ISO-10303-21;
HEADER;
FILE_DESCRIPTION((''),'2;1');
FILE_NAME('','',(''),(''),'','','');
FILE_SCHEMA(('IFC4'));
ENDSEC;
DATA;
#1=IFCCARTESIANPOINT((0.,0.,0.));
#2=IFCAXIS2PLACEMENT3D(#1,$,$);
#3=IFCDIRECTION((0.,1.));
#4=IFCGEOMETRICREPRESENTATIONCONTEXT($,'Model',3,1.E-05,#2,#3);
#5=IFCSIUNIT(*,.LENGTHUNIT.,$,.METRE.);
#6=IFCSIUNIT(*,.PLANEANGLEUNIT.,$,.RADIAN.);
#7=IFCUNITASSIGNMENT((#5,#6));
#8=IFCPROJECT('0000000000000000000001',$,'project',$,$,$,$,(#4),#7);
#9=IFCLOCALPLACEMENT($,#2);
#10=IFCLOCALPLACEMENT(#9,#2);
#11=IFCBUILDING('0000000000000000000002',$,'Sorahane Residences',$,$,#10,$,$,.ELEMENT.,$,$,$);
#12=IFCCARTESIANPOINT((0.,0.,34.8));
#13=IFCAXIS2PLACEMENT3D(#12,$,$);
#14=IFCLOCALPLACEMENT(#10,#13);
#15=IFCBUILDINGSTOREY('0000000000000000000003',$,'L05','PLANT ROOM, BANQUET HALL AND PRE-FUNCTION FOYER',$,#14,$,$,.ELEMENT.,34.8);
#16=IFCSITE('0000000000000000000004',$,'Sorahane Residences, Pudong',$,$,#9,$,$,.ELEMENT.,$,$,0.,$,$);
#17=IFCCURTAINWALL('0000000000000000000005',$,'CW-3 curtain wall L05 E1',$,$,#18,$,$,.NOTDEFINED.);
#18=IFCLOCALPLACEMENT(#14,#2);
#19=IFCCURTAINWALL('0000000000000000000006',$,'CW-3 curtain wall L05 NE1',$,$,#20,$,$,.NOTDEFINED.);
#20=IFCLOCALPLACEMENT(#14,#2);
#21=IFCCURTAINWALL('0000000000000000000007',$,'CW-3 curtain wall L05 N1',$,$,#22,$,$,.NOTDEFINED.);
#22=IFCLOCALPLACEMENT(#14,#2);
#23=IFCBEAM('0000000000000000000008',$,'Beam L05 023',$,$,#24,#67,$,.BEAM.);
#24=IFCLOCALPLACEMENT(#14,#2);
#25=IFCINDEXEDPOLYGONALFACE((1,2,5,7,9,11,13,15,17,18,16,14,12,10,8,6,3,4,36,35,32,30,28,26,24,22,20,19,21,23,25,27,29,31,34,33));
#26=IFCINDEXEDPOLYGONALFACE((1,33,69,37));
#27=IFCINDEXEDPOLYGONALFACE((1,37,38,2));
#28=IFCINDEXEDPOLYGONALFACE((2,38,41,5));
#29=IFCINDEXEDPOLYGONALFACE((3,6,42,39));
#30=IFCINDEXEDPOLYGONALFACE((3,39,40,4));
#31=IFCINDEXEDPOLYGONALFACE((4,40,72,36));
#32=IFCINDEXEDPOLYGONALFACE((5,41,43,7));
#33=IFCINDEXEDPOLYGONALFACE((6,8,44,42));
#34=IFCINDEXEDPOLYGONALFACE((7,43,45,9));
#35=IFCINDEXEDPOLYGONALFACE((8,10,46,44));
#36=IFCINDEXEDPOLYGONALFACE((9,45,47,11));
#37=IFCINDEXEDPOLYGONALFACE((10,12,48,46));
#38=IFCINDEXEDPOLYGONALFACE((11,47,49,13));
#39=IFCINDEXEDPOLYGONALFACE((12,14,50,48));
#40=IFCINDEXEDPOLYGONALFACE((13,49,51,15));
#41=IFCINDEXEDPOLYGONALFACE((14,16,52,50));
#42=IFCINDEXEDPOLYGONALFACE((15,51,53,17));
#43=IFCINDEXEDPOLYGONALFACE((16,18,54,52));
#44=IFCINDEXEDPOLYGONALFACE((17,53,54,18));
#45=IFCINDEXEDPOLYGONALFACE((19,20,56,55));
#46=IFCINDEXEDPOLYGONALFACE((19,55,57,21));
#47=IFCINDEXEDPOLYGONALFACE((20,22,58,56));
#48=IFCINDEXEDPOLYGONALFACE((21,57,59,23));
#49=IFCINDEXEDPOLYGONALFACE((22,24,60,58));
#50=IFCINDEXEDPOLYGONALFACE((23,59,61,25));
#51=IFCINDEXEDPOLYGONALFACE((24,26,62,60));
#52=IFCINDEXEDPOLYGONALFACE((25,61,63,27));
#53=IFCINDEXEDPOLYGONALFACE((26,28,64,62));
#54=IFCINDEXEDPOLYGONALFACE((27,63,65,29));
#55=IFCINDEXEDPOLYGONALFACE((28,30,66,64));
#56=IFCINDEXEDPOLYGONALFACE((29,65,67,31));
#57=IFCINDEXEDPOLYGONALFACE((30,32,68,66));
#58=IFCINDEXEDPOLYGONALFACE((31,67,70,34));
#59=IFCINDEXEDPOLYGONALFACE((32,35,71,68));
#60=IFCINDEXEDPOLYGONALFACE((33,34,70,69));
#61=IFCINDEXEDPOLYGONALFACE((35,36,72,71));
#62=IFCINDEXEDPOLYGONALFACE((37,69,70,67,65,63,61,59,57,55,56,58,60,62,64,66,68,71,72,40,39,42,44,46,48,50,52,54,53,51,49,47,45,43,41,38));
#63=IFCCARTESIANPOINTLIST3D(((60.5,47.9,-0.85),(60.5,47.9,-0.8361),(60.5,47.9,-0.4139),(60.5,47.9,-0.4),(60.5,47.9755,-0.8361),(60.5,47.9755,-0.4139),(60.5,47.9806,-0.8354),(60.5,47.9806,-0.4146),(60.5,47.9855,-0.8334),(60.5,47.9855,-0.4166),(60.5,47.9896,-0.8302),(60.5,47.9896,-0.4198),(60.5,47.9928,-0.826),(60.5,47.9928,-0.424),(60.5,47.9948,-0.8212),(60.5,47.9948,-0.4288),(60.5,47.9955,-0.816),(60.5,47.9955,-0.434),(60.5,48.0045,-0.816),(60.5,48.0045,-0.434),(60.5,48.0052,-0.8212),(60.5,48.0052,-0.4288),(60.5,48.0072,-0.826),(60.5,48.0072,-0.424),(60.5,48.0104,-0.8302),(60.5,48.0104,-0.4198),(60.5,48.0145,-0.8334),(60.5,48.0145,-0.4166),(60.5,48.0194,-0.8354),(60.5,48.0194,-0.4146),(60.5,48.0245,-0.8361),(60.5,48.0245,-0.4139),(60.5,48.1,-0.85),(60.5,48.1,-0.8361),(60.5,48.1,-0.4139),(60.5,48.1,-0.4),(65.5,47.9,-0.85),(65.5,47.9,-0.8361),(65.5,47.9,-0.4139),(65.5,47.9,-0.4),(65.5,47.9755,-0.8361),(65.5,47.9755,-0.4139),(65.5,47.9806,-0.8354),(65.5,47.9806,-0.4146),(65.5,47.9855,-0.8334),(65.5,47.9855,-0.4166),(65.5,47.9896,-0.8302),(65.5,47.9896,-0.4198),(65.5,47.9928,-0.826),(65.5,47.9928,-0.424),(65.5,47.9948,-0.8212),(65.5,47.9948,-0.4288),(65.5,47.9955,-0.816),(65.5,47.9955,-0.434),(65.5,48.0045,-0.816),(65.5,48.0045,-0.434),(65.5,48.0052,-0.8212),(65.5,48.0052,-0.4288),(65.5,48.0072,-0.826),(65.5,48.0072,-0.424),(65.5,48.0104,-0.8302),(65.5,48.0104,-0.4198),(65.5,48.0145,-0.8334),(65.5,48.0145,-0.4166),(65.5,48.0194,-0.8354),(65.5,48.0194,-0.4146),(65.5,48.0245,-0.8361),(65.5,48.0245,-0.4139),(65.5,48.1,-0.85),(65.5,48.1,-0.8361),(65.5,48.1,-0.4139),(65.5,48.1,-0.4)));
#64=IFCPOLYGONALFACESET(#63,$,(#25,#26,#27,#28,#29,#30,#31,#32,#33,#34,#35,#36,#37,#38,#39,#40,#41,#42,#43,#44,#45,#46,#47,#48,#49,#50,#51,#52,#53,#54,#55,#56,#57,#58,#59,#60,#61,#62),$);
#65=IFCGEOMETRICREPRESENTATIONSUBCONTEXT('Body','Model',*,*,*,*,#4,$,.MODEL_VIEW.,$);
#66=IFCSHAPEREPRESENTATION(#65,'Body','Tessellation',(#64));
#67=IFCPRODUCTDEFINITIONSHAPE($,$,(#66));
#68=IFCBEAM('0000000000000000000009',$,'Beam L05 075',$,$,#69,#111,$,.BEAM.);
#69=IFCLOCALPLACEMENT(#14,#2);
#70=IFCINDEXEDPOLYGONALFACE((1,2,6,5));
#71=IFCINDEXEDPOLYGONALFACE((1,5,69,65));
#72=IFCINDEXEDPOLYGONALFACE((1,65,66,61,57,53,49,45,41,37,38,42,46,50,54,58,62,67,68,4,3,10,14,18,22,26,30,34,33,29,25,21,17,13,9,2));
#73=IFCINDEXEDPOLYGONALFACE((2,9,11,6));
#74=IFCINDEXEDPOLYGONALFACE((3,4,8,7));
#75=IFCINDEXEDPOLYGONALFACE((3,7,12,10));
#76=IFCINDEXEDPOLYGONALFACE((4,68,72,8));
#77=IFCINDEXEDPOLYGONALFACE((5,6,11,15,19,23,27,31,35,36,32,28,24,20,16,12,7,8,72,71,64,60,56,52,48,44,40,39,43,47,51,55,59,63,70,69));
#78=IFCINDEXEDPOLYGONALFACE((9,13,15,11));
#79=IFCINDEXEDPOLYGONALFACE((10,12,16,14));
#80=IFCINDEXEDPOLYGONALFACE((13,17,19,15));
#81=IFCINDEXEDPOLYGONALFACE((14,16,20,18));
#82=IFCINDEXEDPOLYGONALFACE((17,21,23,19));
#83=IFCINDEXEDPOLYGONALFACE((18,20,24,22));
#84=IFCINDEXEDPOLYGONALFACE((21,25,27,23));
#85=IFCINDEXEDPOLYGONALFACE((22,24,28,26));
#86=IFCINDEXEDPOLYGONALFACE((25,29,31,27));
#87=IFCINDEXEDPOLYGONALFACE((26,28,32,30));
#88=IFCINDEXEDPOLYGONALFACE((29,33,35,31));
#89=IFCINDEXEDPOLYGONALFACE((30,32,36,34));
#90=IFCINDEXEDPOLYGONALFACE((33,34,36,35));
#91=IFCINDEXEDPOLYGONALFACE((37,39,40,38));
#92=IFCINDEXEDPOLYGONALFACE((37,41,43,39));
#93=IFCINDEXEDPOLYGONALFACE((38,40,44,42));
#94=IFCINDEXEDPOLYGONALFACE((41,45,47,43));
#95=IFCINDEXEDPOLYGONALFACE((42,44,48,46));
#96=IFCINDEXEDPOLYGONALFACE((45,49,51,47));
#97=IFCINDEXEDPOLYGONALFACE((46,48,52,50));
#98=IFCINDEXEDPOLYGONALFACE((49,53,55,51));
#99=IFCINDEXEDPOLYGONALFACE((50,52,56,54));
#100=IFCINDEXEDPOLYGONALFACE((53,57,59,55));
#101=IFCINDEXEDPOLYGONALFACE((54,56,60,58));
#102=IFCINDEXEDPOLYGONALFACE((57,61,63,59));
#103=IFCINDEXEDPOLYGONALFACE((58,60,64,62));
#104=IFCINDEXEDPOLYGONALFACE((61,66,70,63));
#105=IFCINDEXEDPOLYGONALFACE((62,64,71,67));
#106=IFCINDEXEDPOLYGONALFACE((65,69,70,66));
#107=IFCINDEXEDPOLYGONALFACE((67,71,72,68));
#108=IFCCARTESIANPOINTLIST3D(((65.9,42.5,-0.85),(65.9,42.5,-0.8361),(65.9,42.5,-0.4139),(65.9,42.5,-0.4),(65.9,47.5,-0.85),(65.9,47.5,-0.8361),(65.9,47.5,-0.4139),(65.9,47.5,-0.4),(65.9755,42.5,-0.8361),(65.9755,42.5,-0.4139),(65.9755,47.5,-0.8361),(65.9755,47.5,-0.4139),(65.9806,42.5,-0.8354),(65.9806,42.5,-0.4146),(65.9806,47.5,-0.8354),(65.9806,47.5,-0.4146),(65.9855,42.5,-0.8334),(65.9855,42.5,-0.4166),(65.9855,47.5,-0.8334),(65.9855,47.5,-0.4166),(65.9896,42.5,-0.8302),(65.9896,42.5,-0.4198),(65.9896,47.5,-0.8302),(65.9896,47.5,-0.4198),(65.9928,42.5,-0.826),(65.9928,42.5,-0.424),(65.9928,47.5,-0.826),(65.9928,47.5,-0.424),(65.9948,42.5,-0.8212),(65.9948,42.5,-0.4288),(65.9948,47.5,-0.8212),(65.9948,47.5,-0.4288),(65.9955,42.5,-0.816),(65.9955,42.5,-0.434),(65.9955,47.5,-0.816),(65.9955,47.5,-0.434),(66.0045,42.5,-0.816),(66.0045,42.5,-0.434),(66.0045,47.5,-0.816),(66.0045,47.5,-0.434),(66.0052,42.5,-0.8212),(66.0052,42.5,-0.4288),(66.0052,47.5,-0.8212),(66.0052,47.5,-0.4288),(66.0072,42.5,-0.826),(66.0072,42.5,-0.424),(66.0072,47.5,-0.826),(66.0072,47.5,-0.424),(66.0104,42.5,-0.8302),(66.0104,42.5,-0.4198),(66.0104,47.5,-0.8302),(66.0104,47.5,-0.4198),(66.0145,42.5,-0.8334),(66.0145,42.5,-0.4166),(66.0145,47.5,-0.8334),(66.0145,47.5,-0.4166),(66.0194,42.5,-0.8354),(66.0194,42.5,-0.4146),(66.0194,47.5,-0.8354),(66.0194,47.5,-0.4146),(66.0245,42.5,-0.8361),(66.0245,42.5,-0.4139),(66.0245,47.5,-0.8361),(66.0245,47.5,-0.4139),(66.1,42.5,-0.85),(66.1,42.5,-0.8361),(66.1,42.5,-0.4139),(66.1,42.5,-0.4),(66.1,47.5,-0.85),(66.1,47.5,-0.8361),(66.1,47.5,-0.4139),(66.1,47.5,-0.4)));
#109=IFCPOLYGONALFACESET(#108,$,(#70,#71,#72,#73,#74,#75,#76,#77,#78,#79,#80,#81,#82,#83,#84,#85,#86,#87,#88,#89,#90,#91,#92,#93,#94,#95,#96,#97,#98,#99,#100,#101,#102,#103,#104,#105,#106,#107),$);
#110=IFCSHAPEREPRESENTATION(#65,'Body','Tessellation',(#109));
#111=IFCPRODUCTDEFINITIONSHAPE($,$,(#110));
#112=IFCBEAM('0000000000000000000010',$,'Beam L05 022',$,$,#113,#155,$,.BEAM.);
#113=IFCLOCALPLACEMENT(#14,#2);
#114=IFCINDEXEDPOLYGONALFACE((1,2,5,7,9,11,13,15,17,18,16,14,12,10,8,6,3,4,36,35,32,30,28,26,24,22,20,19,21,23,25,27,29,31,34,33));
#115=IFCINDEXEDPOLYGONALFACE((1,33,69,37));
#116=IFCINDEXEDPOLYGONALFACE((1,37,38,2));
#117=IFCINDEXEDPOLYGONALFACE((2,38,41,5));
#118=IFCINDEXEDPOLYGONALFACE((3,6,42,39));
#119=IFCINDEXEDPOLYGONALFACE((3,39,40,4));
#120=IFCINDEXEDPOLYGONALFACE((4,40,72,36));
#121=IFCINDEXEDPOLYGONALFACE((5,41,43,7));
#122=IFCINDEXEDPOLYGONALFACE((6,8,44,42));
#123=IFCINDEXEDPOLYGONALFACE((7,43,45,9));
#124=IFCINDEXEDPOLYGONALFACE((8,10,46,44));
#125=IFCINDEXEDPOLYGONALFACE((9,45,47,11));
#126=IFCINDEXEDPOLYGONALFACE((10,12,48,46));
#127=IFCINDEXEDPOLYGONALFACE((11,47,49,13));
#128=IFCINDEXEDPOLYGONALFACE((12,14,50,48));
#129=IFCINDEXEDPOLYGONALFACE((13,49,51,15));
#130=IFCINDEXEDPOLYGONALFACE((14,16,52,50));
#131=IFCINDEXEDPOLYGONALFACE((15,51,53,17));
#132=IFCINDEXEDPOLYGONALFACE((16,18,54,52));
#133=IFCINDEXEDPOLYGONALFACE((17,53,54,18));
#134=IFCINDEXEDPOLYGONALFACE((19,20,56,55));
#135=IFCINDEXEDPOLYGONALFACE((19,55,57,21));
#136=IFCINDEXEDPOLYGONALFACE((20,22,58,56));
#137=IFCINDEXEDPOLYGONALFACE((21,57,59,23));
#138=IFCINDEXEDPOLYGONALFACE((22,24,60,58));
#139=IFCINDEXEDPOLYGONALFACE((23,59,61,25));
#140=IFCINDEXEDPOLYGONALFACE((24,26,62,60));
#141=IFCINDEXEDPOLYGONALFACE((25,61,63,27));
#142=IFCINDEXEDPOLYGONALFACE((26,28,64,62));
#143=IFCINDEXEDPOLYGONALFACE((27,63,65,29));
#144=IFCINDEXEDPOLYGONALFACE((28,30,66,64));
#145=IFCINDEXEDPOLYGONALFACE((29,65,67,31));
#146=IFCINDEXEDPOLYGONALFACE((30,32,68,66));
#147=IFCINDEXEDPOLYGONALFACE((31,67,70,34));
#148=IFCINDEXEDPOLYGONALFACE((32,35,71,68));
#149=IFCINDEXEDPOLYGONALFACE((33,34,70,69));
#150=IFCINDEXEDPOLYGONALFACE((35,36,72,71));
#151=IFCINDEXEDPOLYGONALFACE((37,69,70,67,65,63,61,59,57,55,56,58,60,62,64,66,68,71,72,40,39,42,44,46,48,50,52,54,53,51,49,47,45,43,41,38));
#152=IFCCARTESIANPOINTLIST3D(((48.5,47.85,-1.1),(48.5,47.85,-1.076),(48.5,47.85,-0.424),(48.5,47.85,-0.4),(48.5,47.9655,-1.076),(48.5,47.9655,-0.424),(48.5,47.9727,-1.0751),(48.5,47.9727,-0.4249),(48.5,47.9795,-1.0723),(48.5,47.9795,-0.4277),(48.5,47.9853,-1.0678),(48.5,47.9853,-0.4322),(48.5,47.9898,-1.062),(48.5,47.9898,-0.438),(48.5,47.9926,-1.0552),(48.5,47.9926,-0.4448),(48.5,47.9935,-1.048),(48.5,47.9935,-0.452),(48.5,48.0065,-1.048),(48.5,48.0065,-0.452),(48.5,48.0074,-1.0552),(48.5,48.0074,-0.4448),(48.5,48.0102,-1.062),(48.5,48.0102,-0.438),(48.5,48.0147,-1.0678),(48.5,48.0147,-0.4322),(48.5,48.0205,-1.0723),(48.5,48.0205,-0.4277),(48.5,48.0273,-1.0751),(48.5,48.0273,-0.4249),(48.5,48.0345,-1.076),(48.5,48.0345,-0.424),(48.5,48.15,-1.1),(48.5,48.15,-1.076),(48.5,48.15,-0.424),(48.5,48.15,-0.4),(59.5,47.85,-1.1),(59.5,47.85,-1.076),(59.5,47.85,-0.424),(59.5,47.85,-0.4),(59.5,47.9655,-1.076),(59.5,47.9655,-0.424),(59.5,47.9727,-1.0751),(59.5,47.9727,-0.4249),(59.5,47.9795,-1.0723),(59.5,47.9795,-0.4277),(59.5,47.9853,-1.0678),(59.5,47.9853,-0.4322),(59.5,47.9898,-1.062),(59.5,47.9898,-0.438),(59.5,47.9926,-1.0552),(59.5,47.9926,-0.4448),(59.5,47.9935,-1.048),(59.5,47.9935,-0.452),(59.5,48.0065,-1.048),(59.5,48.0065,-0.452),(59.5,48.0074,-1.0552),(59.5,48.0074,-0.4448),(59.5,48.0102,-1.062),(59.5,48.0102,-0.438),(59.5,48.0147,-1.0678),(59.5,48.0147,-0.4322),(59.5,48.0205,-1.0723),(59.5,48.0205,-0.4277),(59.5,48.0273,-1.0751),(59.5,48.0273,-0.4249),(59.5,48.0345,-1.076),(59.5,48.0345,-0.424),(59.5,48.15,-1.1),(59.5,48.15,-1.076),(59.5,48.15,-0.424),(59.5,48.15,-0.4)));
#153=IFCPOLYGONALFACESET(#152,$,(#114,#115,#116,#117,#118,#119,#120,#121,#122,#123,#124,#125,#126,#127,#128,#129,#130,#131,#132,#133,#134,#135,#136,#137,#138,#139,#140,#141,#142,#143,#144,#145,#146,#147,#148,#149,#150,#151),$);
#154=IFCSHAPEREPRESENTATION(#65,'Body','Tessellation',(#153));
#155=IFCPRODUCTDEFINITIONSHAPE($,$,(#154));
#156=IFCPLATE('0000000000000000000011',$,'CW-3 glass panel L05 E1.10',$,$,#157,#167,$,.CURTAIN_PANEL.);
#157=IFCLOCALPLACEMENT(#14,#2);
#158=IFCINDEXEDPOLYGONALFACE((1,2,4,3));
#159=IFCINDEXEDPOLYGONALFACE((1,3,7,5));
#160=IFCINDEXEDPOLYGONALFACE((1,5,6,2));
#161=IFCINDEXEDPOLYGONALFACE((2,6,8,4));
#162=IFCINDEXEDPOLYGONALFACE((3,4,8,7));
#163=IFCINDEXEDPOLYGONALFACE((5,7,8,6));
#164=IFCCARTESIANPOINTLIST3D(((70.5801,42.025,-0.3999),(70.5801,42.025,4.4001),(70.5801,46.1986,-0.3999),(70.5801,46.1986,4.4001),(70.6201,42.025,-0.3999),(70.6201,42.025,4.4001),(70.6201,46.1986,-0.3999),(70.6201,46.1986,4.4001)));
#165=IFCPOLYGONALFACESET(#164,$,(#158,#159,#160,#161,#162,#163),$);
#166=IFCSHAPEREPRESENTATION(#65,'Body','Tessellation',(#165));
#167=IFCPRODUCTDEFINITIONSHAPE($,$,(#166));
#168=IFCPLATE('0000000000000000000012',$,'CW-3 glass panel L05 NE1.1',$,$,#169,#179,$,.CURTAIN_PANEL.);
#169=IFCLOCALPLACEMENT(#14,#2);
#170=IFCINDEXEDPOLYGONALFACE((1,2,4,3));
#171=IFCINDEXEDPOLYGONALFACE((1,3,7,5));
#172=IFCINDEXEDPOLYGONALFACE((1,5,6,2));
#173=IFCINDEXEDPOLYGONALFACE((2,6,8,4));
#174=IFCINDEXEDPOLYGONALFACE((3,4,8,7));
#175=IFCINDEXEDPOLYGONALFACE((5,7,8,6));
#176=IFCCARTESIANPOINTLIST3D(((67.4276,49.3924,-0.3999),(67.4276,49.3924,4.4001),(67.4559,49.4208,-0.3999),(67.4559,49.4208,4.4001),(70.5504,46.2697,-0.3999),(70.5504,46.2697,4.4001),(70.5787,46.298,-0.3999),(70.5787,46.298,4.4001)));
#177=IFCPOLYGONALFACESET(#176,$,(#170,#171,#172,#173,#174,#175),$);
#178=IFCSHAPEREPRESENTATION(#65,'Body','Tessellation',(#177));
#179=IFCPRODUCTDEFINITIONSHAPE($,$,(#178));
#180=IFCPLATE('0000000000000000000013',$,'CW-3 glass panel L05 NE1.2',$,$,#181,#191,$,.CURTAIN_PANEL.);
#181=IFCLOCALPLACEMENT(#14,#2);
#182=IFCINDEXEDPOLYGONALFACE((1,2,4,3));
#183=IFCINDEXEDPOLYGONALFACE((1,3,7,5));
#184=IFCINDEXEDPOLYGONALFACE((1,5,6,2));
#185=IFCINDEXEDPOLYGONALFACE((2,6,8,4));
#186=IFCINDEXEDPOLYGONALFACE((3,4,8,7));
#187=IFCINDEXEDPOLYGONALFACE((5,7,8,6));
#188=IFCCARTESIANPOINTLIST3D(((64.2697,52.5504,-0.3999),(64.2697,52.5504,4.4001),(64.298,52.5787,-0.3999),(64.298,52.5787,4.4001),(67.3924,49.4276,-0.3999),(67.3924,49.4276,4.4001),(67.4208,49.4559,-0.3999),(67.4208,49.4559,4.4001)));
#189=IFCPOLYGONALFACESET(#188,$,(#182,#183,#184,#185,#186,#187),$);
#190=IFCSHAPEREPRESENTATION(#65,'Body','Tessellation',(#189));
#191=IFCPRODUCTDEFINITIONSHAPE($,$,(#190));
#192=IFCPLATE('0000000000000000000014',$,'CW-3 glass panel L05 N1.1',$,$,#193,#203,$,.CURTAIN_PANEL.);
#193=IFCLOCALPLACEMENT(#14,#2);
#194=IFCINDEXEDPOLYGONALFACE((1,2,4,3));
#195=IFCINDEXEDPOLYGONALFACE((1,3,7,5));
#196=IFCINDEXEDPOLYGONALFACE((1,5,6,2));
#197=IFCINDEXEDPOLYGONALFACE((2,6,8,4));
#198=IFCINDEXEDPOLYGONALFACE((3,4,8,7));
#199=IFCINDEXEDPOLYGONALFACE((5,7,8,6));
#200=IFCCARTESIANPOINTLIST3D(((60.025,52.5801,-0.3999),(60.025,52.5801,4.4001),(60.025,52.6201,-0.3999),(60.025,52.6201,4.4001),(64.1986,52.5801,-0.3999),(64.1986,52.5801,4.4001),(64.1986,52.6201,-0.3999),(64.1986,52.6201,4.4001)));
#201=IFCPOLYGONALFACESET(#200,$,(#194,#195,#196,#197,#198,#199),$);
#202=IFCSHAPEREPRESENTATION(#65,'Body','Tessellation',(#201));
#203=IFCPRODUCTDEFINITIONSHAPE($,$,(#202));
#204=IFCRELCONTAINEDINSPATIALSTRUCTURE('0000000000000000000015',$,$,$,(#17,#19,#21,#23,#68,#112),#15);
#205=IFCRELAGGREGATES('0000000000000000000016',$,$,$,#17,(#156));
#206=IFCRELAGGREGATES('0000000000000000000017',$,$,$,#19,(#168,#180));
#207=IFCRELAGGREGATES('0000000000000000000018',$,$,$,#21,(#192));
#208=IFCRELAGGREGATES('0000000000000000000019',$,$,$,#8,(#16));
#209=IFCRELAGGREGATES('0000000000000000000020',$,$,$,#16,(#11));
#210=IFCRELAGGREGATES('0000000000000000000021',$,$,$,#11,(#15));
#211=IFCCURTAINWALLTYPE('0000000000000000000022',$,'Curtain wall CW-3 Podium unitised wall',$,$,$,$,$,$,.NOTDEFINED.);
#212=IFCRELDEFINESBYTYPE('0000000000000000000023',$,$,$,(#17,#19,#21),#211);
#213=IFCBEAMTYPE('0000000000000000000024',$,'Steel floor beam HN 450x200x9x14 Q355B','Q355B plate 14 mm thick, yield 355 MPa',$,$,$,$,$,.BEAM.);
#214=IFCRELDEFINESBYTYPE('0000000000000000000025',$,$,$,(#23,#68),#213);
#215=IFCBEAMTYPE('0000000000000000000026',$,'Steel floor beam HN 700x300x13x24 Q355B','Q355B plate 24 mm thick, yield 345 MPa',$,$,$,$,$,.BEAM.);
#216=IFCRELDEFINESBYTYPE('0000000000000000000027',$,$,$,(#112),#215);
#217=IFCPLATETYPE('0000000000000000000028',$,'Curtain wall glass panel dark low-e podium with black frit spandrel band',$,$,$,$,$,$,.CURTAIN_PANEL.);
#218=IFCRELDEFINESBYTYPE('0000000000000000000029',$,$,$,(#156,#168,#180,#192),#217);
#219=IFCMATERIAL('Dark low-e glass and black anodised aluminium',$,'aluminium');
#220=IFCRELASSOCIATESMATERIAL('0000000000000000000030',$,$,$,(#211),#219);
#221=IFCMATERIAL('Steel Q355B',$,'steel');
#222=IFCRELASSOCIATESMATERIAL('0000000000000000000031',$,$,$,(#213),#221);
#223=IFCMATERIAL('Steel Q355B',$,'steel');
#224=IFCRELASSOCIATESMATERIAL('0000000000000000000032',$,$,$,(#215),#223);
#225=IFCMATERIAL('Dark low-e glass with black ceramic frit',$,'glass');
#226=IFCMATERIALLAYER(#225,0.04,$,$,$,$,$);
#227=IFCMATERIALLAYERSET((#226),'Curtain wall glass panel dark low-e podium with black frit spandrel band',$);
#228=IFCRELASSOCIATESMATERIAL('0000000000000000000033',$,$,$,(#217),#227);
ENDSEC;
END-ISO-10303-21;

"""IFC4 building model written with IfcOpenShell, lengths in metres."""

from ifc_helpers import new_model, si_unit, direction, frame, origin, origin_2d, place, context, subcontext, project, spatial, rectangle, i_section, extrude, material, layer, layer_set, material_profile, profile_set, type_object, element, aggregate, save


model = new_model("IFC4")

# Units and contexts
model_context = context("Model", 3, precision=1e-05, world=origin(), true_north=direction((0.0, 1.0)))
body_context = subcontext(model_context, "Body", "Model", "MODEL_VIEW")
ifc_project = project(units=[si_unit("LENGTHUNIT", "METRE"), si_unit("PLANEANGLEUNIT", "RADIAN")], contexts=[model_context])

# Site, building, storey
site_placement = place(None, origin())
site = spatial("IfcSite", under=ifc_project, at=site_placement, Name="Sorahane Residences, Pudong", CompositionType="ELEMENT", RefElevation=0.0)
building_placement = place(site_placement, origin())
building = spatial("IfcBuilding", under=site, at=building_placement, Name="Sorahane Residences", CompositionType="ELEMENT")
storey_placement = place(building_placement, frame((0.0, 0.0, 34.8)))
storey = spatial("IfcBuildingStorey", under=building, at=storey_placement, Name="L05", Description="PLANT ROOM, BANQUET HALL AND PRE-FUNCTION FOYER", CompositionType="ELEMENT", Elevation=34.8)

# Curtain wall
ifc_material_1 = material(Name="Dark low-e glass and black anodised aluminium", Category="aluminium")
curtain_wall_type = type_object("IfcCurtainWallType", Name="Curtain wall CW-3 Podium unitised wall", PredefinedType="NOTDEFINED", material=ifc_material_1)
curtain_wall_1_placement = place(storey_placement, origin())
curtain_wall_1 = element("IfcCurtainWall", 1, at=curtain_wall_1_placement, inside=storey, type_object=curtain_wall_type, Name="CW-3 curtain wall L05 E1", PredefinedType="NOTDEFINED")

# Curtain walls
curtain_wall_2_placement = place(storey_placement, origin())
curtain_wall_2 = element("IfcCurtainWall", 2, at=curtain_wall_2_placement, inside=storey, type_object=curtain_wall_type, Name="CW-3 curtain wall L05 NE1", PredefinedType="NOTDEFINED")
curtain_wall_3_placement = place(storey_placement, origin())
curtain_wall_3 = element("IfcCurtainWall", 3, at=curtain_wall_3_placement, inside=storey, type_object=curtain_wall_type, Name="CW-3 curtain wall L05 N1", PredefinedType="NOTDEFINED")

# Beams
ifc_material_2 = material(Name="Steel Q355B", Category="steel")
ifc_material_profile_1 = material_profile(ifc_material_2, i_section(OverallWidth=0.2, OverallDepth=0.45, WebThickness=0.009, FlangeThickness=0.0139, FilletRadius=0.02, at=origin_2d()), Name="HN 450x200x9x14")
ifc_profile_set_1 = profile_set([ifc_material_profile_1], Name="Steel Q355B")
beam_type_1 = type_object("IfcBeamType", Name="Steel floor beam HN 450x200x9x14 Q355B", Description="Q355B plate 14 mm thick, yield 355 MPa", PredefinedType="BEAM", material=ifc_profile_set_1)
for number, where, z_axis, x_axis, name in (
    (4, (60.5, 48.0, -0.625), (1.0, 0.0, 0.0), (0.0, 1.0, 0.0), "Beam L05 023"),
    (5, (66.0, 42.5, -0.625), (0.0, 1.0, 0.0), (-1.0, 0.0, 0.0), "Beam L05 075"),
):
    element("IfcBeam", number, at=place(storey_placement, frame(where, z_axis=z_axis, x_axis=x_axis)), inside=storey, type_object=beam_type_1, Name=name, PredefinedType="BEAM", context=body_context, shape_type="SweptSolid", body=[
        extrude(i_section(OverallWidth=0.2, OverallDepth=0.45, WebThickness=0.009, FlangeThickness=0.0139, FilletRadius=0.02, at=origin_2d()), origin(), (0.0, 0.0, 1.0), 5.0),
    ])
ifc_material_3 = material(Name="Steel Q355B", Category="steel")
ifc_material_profile_2 = material_profile(ifc_material_3, i_section(OverallWidth=0.3, OverallDepth=0.7, WebThickness=0.0129, FlangeThickness=0.0239, FilletRadius=0.0281, at=origin_2d()), Name="HN 700x300x13x24")
ifc_profile_set_2 = profile_set([ifc_material_profile_2], Name="Steel Q355B")
beam_type_2 = type_object("IfcBeamType", Name="Steel floor beam HN 700x300x13x24 Q355B", Description="Q355B plate 24 mm thick, yield 345 MPa", PredefinedType="BEAM", material=ifc_profile_set_2)
beam_placement = place(storey_placement, frame((48.5, 48.0, -0.75), z_axis=(1.0, 0.0, 0.0), x_axis=(0.0, 1.0, 0.0)))
element("IfcBeam", 6, at=beam_placement, inside=storey, type_object=beam_type_2, Name="Beam L05 022", PredefinedType="BEAM", context=body_context, shape_type="SweptSolid", body=[
    extrude(i_section(OverallWidth=0.3, OverallDepth=0.7, WebThickness=0.0129, FlangeThickness=0.0239, FilletRadius=0.0281, at=origin_2d()), origin(), (0.0, 0.0, 1.0), 11.0),
])

# Plates
ifc_material_4 = material(Name="Dark low-e glass with black ceramic frit", Category="glass")
ifc_layer = layer(ifc_material_4, 0.04)
ifc_layer_set = layer_set([ifc_layer], Name="Curtain wall glass panel dark low-e podium with black frit spandrel band")
plate_type = type_object("IfcPlateType", Name="Curtain wall glass panel dark low-e podium with black frit spandrel band", PredefinedType="CURTAIN_PANEL", material=ifc_layer_set)
plate_1_placement = place(storey_placement, frame((70.6001, 44.1118, -0.3999), z_axis=(0.0, 0.0, 1.0), x_axis=(0.0, 1.0, 0.0)))
plate_1 = element("IfcPlate", 7, at=plate_1_placement, type_object=plate_type, Name="CW-3 glass panel L05 E1.10", PredefinedType="CURTAIN_PANEL", context=body_context, shape_type="SweptSolid", body=[
    extrude(rectangle(XDim=4.1736, YDim=0.04, at=origin_2d()), origin(), (0.0, 0.0, 1.0), 4.8),
])
aggregate(curtain_wall_1, [plate_1])
plate_2_placement = place(storey_placement, frame((69.0032, 47.8452, -0.3999), z_axis=(0.0, 0.0, 1.0), x_axis=(-0.707107, 0.707107, 0.0)))
plate_2 = element("IfcPlate", 8, at=plate_2_placement, type_object=plate_type, Name="CW-3 glass panel L05 NE1.1", PredefinedType="CURTAIN_PANEL", context=body_context, shape_type="SweptSolid", body=[
    extrude(rectangle(XDim=4.4163, YDim=0.04, at=origin_2d()), origin(), (0.0, 0.0, 1.0), 4.8),
])
plate_3_placement = place(storey_placement, frame((65.8452, 51.0032, -0.3999), z_axis=(0.0, 0.0, 1.0), x_axis=(-0.707107, 0.707107, 0.0)))
plate_3 = element("IfcPlate", 9, at=plate_3_placement, type_object=plate_type, Name="CW-3 glass panel L05 NE1.2", PredefinedType="CURTAIN_PANEL", context=body_context, shape_type="SweptSolid", body=[
    extrude(rectangle(XDim=4.4163, YDim=0.04, at=origin_2d()), origin(), (0.0, 0.0, 1.0), 4.8),
])
aggregate(curtain_wall_2, [plate_2, plate_3])
plate_4_placement = place(storey_placement, frame((62.1118, 52.6001, -0.3999), z_axis=(0.0, 0.0, 1.0), x_axis=(-1.0, 0.0, 0.0)))
plate_4 = element("IfcPlate", 10, at=plate_4_placement, type_object=plate_type, Name="CW-3 glass panel L05 N1.1", PredefinedType="CURTAIN_PANEL", context=body_context, shape_type="SweptSolid", body=[
    extrude(rectangle(XDim=4.1736, YDim=0.04, at=origin_2d()), origin(), (0.0, 0.0, 1.0), 4.8),
])
aggregate(curtain_wall_3, [plate_4])

save(model, "model.ifc")
